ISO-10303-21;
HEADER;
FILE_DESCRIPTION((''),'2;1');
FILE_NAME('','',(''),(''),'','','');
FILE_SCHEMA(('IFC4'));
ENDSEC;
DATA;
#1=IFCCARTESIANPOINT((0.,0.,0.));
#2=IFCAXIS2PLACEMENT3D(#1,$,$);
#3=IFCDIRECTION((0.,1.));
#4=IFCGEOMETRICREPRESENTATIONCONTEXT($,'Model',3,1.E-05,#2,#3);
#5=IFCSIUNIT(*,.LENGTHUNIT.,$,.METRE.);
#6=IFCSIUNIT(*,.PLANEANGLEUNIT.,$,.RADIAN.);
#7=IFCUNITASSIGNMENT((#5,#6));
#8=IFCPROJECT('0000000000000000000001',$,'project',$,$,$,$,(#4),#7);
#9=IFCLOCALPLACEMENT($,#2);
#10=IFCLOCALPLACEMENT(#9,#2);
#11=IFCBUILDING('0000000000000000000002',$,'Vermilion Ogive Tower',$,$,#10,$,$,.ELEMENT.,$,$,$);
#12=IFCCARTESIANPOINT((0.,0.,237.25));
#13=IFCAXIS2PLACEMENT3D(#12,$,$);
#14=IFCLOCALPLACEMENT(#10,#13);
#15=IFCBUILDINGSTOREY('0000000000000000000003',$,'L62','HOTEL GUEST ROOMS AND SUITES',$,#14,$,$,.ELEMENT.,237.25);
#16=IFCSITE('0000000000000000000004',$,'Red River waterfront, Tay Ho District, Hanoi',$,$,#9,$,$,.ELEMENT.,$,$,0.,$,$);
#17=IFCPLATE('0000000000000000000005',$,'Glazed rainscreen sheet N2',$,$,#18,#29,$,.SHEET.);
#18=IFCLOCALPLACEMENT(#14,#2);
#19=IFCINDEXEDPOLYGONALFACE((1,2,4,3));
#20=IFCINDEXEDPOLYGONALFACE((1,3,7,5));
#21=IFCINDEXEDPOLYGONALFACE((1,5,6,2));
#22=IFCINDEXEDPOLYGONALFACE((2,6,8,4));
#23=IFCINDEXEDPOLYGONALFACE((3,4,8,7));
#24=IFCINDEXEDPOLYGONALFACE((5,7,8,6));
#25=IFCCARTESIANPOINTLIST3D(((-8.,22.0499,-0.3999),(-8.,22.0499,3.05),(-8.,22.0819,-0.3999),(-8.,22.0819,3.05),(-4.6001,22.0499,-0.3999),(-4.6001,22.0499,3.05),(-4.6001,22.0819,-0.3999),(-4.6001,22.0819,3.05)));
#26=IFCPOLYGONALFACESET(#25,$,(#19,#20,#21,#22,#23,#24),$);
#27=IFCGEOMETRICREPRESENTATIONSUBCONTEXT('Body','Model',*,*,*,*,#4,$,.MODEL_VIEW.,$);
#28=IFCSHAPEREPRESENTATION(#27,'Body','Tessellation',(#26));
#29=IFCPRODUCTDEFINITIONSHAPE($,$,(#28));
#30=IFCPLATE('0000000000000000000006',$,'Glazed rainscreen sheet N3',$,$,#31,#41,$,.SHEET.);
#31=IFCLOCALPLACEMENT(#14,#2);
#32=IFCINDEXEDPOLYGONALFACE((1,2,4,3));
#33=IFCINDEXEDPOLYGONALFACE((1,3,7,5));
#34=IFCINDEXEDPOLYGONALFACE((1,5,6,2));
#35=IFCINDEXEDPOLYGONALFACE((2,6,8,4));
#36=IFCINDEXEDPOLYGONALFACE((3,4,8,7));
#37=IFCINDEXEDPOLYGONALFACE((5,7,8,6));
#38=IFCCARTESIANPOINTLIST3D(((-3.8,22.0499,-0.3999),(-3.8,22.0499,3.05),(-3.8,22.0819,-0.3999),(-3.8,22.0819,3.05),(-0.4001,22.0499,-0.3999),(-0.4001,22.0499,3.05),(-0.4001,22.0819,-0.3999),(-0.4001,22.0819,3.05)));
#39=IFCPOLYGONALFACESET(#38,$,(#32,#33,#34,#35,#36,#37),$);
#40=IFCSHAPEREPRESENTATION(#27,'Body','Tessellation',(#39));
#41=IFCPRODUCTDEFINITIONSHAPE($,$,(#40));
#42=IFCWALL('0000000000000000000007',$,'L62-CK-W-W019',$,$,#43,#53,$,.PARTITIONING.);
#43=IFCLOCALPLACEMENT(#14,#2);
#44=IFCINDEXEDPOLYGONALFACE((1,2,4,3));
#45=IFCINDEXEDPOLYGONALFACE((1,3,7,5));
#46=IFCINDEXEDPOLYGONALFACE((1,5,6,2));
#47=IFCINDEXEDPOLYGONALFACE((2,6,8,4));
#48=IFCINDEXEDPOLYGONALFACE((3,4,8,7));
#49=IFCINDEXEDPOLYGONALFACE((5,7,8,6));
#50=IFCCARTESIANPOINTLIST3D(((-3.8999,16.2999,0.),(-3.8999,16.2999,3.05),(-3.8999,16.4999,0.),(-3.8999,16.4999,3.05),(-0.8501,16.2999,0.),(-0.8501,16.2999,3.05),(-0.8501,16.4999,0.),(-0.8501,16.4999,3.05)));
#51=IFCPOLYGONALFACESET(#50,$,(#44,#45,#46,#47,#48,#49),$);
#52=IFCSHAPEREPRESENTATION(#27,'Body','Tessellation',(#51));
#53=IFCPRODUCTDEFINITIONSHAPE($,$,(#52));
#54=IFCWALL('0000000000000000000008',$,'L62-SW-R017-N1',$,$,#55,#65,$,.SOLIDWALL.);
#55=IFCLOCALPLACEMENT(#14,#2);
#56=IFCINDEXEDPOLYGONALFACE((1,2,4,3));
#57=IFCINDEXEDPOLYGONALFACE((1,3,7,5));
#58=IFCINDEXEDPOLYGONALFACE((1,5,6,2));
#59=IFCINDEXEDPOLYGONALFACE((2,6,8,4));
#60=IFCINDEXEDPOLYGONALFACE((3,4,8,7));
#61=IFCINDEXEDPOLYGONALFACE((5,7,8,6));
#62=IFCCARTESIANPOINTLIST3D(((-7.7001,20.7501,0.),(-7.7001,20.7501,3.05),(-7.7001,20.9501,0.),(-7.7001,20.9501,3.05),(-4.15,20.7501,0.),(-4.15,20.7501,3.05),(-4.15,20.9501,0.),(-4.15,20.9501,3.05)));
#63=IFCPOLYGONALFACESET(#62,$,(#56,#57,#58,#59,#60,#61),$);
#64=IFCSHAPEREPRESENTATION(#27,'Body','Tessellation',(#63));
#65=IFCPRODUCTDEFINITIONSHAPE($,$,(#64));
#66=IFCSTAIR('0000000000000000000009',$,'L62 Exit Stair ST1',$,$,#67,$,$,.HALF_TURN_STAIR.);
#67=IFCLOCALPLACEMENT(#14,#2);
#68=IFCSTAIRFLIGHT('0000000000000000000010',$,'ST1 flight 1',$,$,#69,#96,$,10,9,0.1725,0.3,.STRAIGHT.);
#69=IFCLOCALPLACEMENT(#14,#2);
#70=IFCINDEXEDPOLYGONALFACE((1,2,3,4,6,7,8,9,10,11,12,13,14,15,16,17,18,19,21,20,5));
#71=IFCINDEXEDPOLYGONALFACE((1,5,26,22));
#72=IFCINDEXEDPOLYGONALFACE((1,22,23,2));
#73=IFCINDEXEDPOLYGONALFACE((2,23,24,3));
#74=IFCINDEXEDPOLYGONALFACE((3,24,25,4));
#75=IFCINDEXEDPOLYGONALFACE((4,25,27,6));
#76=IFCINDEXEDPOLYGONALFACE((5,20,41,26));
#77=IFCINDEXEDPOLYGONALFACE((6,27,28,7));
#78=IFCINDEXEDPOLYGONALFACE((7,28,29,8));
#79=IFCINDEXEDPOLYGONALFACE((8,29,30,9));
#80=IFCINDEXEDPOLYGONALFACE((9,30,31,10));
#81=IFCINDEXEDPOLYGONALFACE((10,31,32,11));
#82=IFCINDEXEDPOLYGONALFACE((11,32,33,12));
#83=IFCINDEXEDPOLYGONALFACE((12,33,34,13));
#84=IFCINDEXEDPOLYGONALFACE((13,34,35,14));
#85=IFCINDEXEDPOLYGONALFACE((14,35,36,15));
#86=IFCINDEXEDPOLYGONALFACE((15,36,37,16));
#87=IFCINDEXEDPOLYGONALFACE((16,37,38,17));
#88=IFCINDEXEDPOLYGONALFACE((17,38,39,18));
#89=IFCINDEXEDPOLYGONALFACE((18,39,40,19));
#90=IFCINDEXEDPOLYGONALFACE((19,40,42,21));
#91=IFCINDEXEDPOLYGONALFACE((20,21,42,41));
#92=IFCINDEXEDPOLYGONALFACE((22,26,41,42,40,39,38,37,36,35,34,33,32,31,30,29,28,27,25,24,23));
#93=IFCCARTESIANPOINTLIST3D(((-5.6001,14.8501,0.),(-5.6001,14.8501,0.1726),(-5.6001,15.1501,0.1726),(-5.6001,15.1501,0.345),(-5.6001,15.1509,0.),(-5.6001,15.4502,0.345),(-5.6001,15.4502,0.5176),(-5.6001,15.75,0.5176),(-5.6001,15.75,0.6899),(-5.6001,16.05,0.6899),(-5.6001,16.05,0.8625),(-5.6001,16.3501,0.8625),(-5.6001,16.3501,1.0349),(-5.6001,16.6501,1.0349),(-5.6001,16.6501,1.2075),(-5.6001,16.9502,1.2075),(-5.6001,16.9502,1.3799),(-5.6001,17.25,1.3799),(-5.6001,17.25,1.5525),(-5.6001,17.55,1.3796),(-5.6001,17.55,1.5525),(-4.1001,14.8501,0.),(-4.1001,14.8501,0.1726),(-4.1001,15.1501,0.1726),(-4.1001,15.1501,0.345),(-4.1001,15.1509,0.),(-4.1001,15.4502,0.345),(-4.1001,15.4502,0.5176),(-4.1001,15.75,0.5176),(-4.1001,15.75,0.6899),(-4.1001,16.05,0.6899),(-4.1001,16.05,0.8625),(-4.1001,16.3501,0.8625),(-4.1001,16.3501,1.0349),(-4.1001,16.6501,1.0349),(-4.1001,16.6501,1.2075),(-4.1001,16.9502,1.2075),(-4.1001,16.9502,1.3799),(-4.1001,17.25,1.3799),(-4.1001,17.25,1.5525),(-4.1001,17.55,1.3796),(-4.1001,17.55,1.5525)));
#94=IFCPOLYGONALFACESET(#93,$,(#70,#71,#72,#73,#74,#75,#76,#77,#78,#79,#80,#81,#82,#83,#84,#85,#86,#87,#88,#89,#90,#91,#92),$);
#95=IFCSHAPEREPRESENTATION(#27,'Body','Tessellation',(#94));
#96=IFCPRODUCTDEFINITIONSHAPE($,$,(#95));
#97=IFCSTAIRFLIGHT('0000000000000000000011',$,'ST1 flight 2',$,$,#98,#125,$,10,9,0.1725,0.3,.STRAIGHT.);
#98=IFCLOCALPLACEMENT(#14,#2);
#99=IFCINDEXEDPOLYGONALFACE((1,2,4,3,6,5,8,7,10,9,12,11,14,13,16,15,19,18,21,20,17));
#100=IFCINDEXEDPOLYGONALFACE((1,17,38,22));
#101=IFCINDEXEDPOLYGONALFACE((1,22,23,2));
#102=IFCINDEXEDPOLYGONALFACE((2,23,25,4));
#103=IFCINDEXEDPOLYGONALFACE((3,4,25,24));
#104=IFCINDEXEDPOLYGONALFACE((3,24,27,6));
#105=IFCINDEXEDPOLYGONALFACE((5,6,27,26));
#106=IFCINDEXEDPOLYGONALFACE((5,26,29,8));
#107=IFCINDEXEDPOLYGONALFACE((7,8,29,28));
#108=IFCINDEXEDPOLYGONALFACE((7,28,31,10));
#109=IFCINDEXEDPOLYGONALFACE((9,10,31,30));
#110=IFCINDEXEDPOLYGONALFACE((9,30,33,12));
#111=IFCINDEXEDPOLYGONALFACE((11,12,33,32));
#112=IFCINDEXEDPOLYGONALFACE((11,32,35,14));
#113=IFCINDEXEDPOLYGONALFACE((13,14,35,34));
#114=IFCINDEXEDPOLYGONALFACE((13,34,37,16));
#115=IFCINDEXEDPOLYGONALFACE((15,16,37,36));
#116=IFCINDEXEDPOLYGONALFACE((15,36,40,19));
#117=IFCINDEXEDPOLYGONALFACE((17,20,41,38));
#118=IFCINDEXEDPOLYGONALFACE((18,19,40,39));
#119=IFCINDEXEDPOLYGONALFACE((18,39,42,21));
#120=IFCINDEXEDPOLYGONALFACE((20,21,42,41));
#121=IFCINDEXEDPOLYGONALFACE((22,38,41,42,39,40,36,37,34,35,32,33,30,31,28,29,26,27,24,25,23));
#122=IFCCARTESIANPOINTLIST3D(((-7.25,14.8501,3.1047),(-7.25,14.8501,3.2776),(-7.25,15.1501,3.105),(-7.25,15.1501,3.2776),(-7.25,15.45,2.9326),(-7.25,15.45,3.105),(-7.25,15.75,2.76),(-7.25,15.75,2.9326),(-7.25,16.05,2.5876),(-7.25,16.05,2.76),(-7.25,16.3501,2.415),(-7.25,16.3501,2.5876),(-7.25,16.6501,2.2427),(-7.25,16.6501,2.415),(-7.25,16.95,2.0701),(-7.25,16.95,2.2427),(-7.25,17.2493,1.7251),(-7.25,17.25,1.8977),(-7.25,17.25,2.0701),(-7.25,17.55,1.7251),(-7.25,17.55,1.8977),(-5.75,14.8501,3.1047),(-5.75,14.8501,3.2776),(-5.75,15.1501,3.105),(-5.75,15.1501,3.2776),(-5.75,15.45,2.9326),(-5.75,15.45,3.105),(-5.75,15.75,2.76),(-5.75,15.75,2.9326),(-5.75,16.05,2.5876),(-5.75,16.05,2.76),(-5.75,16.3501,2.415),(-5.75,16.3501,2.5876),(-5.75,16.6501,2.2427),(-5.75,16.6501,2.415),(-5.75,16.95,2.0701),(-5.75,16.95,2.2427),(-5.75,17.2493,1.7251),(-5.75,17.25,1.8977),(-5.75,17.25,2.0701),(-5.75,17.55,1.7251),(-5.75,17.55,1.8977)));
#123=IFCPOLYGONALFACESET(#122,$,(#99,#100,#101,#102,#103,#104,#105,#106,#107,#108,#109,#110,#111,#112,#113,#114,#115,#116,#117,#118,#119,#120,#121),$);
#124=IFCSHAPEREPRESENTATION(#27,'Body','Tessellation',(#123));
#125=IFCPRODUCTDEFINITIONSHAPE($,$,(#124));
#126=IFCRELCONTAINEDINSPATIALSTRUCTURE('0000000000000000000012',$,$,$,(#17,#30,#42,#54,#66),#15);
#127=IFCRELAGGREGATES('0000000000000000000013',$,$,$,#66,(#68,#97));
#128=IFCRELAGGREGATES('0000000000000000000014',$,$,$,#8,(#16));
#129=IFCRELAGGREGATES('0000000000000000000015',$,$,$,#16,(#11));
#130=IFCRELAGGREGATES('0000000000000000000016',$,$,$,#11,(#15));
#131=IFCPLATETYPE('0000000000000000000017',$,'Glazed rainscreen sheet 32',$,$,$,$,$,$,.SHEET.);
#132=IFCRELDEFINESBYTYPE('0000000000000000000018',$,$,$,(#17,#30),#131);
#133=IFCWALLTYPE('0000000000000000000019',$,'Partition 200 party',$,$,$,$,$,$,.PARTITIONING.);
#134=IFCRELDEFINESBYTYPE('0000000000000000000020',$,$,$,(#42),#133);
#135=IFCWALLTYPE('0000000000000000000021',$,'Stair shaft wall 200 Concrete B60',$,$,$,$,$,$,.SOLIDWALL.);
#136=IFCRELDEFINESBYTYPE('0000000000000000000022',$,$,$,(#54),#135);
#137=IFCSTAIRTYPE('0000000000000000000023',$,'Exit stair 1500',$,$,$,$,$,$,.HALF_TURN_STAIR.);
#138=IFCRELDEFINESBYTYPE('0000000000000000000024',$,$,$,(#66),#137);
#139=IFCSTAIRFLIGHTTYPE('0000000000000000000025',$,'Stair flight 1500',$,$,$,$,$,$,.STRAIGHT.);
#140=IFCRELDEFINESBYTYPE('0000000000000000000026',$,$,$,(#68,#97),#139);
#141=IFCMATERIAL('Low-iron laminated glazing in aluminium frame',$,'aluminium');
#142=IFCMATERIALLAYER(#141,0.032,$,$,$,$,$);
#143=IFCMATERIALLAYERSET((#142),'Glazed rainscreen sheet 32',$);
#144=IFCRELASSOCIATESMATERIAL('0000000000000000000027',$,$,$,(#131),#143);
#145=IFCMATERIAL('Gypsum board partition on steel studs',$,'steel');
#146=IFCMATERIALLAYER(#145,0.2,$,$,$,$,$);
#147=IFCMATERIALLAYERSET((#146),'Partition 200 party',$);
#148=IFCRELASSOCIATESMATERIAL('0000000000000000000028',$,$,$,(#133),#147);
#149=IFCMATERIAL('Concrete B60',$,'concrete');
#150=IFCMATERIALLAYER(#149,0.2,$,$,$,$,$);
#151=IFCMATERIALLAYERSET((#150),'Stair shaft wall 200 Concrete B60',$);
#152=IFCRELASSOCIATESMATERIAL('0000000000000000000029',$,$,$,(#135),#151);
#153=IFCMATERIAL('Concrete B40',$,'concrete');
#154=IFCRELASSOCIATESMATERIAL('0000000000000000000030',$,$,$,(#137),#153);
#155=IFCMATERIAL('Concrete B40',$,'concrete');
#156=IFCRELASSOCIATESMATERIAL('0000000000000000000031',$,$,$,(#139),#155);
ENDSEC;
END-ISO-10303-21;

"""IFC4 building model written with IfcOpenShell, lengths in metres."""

from ifc_helpers import new_model, si_unit, direction, frame, frame_2d, origin, origin_2d, place, context, subcontext, project, spatial, polyline, rectangle, outline, extrude, material, layer, layer_set, type_object, element, aggregate, save


model = new_model("IFC4")

# Units and contexts
model_context = context("Model", 3, precision=1e-05, world=origin(), true_north=direction((0.0, 1.0)))
body_context = subcontext(model_context, "Body", "Model", "MODEL_VIEW")
ifc_project = project(units=[si_unit("LENGTHUNIT", "METRE"), si_unit("PLANEANGLEUNIT", "RADIAN")], contexts=[model_context])

# Site, building, storey
site_placement = place(None, origin())
site = spatial("IfcSite", under=ifc_project, at=site_placement, Name="Red River waterfront, Tay Ho District, Hanoi", CompositionType="ELEMENT", RefElevation=0.0)
building_placement = place(site_placement, origin())
building = spatial("IfcBuilding", under=site, at=building_placement, Name="Vermilion Ogive Tower", CompositionType="ELEMENT")
storey_placement = place(building_placement, frame((0.0, 0.0, 237.25)))
storey = spatial("IfcBuildingStorey", under=building, at=storey_placement, Name="L62", Description="HOTEL GUEST ROOMS AND SUITES", CompositionType="ELEMENT", Elevation=237.25)

# Plates
ifc_material_1 = material(Name="Low-iron laminated glazing in aluminium frame", Category="aluminium")
ifc_layer_1 = layer(ifc_material_1, 0.032)
ifc_layer_set_1 = layer_set([ifc_layer_1], Name="Glazed rainscreen sheet 32")
plate_type = type_object("IfcPlateType", Name="Glazed rainscreen sheet 32", PredefinedType="SHEET", material=ifc_layer_set_1)
for number, where, z_axis, x_axis, name in (
    (1, (-6.3, 22.0659, -0.3999), (0.0, 0.0, 1.0), (1.0, 0.0, 0.0), "Glazed rainscreen sheet N2"),
    (2, (-2.1001, 22.0659, -0.3999), (0.0, 0.0, 1.0), (1.0, 0.0, 0.0), "Glazed rainscreen sheet N3"),
):
    element("IfcPlate", number, at=place(storey_placement, frame(where, z_axis=z_axis, x_axis=x_axis)), inside=storey, type_object=plate_type, Name=name, PredefinedType="SHEET", context=body_context, shape_type="SweptSolid", body=[
        extrude(rectangle(XDim=3.3999, YDim=0.032, at=origin_2d()), origin(), (0.0, 0.0, 1.0), 3.45),
    ])

# Walls
ifc_material_2 = material(Name="Gypsum board partition on steel studs", Category="steel")
ifc_layer_2 = layer(ifc_material_2, 0.2)
ifc_layer_set_2 = layer_set([ifc_layer_2], Name="Partition 200 party")
wall_type_1 = type_object("IfcWallType", Name="Partition 200 party", PredefinedType="PARTITIONING", material=ifc_layer_set_2)
wall_1_placement = place(storey_placement, frame((-3.8999, 16.3999, 0.0), z_axis=(0.0, 0.0, 1.0), x_axis=(1.0, 0.0, 0.0)))
element("IfcWall", 3, at=wall_1_placement, inside=storey, type_object=wall_type_1, Name="L62-CK-W-W019", PredefinedType="PARTITIONING", context=body_context, shape_type="SweptSolid", body=[
    extrude(rectangle(XDim=3.0498, YDim=0.2, at=frame_2d((1.5249, 0.0))), origin(), (0.0, 0.0, 1.0), 3.05),
])
ifc_material_3 = material(Name="Concrete B60", Category="concrete")
ifc_layer_3 = layer(ifc_material_3, 0.2)
ifc_layer_set_3 = layer_set([ifc_layer_3], Name="Stair shaft wall 200 Concrete B60")
wall_type_2 = type_object("IfcWallType", Name="Stair shaft wall 200 Concrete B60", PredefinedType="SOLIDWALL", material=ifc_layer_set_3)
wall_2_placement = place(storey_placement, frame((-7.7, 20.8501, 0.0), z_axis=(0.0, 0.0, 1.0), x_axis=(1.0, 0.0, 0.0)))
element("IfcWall", 4, at=wall_2_placement, inside=storey, type_object=wall_type_2, Name="L62-SW-R017-N1", PredefinedType="SOLIDWALL", context=body_context, shape_type="SweptSolid", body=[
    extrude(rectangle(XDim=3.55, YDim=0.2, at=frame_2d((1.7749, 0.0))), origin(), (0.0, 0.0, 1.0), 3.05),
])

# Stair, stair flights
ifc_material_4 = material(Name="Concrete B40", Category="concrete")
stair_type = type_object("IfcStairType", Name="Exit stair 1500", PredefinedType="HALF_TURN_STAIR", material=ifc_material_4)
stair_placement = place(storey_placement, origin())
stair = element("IfcStair", 5, at=stair_placement, inside=storey, type_object=stair_type, Name="L62 Exit Stair ST1", PredefinedType="HALF_TURN_STAIR")
ifc_material_5 = material(Name="Concrete B40", Category="concrete")
stair_flight_type = type_object("IfcStairFlightType", Name="Stair flight 1500", PredefinedType="STRAIGHT", material=ifc_material_5)
stair_flight_1_placement = place(storey_placement, frame((-4.8501, 14.8501, 0.0), z_axis=(0.0, 0.0, 1.0), x_axis=(0.0, 1.0, 0.0)))
stair_flight_1 = element("IfcStairFlight", 6, at=stair_flight_1_placement, type_object=stair_flight_type, Name="ST1 flight 1", NumberOfRisers=10, NumberOfTreads=9, PredefinedType="STRAIGHT", RiserHeight=0.1725, TreadLength=0.3, context=body_context, shape_type="SweptSolid", body=[
    extrude(outline(polyline([(0.0, 0.0), (0.0, 0.1726), (0.3, 0.1726), (0.3, 0.345), (0.6001, 0.345), (0.6001, 0.5176), (0.8999, 0.5176), (0.8999, 0.6899), (1.2, 0.6899), (1.2, 0.8625), (1.5, 0.8625), (1.5, 1.0349), (1.8, 1.0349), (1.8, 1.2075), (2.1001, 1.2075), (2.1001, 1.3799), (2.3999, 1.3799), (2.3999, 1.5525), (2.7, 1.5525), (2.7, 1.7251), (2.7, 1.3796), (0.3008, 0.0), (0.0, 0.0)])), frame((0.0, 0.75, 0.0), z_axis=(0.0, -1.0, 0.0), x_axis=(1.0, 0.0, 0.0)), (0.0, 0.0, 1.0), 1.5),
])
stair_flight_2_placement = place(storey_placement, frame((-6.5, 17.55, 1.7251), z_axis=(0.0, 0.0, 1.0), x_axis=(0.0, -1.0, 0.0)))
stair_flight_2 = element("IfcStairFlight", 7, at=stair_flight_2_placement, type_object=stair_flight_type, Name="ST1 flight 2", NumberOfRisers=10, NumberOfTreads=9, PredefinedType="STRAIGHT", RiserHeight=0.1725, TreadLength=0.3, context=body_context, shape_type="SweptSolid", body=[
    extrude(outline(polyline([(0.0, 0.0), (0.0, 0.1726), (0.3, 0.1726), (0.3, 0.345), (0.6001, 0.345), (0.6001, 0.5176), (0.8999, 0.5176), (0.8999, 0.6899), (1.2, 0.6899), (1.2, 0.8625), (1.5, 0.8625), (1.5, 1.0349), (1.8, 1.0349), (1.8, 1.2075), (2.1001, 1.2075), (2.1001, 1.3799), (2.3999, 1.3799), (2.3999, 1.5525), (2.7, 1.5525), (2.7, 1.7251), (2.7, 1.3796), (0.3008, 0.0), (0.0, 0.0)])), frame((0.0, 0.75, 0.0), z_axis=(0.0, -1.0, 0.0), x_axis=(1.0, 0.0, 0.0)), (0.0, 0.0, 1.0), 1.5),
])
aggregate(stair, [stair_flight_1, stair_flight_2])

save(model, "model.ifc")
